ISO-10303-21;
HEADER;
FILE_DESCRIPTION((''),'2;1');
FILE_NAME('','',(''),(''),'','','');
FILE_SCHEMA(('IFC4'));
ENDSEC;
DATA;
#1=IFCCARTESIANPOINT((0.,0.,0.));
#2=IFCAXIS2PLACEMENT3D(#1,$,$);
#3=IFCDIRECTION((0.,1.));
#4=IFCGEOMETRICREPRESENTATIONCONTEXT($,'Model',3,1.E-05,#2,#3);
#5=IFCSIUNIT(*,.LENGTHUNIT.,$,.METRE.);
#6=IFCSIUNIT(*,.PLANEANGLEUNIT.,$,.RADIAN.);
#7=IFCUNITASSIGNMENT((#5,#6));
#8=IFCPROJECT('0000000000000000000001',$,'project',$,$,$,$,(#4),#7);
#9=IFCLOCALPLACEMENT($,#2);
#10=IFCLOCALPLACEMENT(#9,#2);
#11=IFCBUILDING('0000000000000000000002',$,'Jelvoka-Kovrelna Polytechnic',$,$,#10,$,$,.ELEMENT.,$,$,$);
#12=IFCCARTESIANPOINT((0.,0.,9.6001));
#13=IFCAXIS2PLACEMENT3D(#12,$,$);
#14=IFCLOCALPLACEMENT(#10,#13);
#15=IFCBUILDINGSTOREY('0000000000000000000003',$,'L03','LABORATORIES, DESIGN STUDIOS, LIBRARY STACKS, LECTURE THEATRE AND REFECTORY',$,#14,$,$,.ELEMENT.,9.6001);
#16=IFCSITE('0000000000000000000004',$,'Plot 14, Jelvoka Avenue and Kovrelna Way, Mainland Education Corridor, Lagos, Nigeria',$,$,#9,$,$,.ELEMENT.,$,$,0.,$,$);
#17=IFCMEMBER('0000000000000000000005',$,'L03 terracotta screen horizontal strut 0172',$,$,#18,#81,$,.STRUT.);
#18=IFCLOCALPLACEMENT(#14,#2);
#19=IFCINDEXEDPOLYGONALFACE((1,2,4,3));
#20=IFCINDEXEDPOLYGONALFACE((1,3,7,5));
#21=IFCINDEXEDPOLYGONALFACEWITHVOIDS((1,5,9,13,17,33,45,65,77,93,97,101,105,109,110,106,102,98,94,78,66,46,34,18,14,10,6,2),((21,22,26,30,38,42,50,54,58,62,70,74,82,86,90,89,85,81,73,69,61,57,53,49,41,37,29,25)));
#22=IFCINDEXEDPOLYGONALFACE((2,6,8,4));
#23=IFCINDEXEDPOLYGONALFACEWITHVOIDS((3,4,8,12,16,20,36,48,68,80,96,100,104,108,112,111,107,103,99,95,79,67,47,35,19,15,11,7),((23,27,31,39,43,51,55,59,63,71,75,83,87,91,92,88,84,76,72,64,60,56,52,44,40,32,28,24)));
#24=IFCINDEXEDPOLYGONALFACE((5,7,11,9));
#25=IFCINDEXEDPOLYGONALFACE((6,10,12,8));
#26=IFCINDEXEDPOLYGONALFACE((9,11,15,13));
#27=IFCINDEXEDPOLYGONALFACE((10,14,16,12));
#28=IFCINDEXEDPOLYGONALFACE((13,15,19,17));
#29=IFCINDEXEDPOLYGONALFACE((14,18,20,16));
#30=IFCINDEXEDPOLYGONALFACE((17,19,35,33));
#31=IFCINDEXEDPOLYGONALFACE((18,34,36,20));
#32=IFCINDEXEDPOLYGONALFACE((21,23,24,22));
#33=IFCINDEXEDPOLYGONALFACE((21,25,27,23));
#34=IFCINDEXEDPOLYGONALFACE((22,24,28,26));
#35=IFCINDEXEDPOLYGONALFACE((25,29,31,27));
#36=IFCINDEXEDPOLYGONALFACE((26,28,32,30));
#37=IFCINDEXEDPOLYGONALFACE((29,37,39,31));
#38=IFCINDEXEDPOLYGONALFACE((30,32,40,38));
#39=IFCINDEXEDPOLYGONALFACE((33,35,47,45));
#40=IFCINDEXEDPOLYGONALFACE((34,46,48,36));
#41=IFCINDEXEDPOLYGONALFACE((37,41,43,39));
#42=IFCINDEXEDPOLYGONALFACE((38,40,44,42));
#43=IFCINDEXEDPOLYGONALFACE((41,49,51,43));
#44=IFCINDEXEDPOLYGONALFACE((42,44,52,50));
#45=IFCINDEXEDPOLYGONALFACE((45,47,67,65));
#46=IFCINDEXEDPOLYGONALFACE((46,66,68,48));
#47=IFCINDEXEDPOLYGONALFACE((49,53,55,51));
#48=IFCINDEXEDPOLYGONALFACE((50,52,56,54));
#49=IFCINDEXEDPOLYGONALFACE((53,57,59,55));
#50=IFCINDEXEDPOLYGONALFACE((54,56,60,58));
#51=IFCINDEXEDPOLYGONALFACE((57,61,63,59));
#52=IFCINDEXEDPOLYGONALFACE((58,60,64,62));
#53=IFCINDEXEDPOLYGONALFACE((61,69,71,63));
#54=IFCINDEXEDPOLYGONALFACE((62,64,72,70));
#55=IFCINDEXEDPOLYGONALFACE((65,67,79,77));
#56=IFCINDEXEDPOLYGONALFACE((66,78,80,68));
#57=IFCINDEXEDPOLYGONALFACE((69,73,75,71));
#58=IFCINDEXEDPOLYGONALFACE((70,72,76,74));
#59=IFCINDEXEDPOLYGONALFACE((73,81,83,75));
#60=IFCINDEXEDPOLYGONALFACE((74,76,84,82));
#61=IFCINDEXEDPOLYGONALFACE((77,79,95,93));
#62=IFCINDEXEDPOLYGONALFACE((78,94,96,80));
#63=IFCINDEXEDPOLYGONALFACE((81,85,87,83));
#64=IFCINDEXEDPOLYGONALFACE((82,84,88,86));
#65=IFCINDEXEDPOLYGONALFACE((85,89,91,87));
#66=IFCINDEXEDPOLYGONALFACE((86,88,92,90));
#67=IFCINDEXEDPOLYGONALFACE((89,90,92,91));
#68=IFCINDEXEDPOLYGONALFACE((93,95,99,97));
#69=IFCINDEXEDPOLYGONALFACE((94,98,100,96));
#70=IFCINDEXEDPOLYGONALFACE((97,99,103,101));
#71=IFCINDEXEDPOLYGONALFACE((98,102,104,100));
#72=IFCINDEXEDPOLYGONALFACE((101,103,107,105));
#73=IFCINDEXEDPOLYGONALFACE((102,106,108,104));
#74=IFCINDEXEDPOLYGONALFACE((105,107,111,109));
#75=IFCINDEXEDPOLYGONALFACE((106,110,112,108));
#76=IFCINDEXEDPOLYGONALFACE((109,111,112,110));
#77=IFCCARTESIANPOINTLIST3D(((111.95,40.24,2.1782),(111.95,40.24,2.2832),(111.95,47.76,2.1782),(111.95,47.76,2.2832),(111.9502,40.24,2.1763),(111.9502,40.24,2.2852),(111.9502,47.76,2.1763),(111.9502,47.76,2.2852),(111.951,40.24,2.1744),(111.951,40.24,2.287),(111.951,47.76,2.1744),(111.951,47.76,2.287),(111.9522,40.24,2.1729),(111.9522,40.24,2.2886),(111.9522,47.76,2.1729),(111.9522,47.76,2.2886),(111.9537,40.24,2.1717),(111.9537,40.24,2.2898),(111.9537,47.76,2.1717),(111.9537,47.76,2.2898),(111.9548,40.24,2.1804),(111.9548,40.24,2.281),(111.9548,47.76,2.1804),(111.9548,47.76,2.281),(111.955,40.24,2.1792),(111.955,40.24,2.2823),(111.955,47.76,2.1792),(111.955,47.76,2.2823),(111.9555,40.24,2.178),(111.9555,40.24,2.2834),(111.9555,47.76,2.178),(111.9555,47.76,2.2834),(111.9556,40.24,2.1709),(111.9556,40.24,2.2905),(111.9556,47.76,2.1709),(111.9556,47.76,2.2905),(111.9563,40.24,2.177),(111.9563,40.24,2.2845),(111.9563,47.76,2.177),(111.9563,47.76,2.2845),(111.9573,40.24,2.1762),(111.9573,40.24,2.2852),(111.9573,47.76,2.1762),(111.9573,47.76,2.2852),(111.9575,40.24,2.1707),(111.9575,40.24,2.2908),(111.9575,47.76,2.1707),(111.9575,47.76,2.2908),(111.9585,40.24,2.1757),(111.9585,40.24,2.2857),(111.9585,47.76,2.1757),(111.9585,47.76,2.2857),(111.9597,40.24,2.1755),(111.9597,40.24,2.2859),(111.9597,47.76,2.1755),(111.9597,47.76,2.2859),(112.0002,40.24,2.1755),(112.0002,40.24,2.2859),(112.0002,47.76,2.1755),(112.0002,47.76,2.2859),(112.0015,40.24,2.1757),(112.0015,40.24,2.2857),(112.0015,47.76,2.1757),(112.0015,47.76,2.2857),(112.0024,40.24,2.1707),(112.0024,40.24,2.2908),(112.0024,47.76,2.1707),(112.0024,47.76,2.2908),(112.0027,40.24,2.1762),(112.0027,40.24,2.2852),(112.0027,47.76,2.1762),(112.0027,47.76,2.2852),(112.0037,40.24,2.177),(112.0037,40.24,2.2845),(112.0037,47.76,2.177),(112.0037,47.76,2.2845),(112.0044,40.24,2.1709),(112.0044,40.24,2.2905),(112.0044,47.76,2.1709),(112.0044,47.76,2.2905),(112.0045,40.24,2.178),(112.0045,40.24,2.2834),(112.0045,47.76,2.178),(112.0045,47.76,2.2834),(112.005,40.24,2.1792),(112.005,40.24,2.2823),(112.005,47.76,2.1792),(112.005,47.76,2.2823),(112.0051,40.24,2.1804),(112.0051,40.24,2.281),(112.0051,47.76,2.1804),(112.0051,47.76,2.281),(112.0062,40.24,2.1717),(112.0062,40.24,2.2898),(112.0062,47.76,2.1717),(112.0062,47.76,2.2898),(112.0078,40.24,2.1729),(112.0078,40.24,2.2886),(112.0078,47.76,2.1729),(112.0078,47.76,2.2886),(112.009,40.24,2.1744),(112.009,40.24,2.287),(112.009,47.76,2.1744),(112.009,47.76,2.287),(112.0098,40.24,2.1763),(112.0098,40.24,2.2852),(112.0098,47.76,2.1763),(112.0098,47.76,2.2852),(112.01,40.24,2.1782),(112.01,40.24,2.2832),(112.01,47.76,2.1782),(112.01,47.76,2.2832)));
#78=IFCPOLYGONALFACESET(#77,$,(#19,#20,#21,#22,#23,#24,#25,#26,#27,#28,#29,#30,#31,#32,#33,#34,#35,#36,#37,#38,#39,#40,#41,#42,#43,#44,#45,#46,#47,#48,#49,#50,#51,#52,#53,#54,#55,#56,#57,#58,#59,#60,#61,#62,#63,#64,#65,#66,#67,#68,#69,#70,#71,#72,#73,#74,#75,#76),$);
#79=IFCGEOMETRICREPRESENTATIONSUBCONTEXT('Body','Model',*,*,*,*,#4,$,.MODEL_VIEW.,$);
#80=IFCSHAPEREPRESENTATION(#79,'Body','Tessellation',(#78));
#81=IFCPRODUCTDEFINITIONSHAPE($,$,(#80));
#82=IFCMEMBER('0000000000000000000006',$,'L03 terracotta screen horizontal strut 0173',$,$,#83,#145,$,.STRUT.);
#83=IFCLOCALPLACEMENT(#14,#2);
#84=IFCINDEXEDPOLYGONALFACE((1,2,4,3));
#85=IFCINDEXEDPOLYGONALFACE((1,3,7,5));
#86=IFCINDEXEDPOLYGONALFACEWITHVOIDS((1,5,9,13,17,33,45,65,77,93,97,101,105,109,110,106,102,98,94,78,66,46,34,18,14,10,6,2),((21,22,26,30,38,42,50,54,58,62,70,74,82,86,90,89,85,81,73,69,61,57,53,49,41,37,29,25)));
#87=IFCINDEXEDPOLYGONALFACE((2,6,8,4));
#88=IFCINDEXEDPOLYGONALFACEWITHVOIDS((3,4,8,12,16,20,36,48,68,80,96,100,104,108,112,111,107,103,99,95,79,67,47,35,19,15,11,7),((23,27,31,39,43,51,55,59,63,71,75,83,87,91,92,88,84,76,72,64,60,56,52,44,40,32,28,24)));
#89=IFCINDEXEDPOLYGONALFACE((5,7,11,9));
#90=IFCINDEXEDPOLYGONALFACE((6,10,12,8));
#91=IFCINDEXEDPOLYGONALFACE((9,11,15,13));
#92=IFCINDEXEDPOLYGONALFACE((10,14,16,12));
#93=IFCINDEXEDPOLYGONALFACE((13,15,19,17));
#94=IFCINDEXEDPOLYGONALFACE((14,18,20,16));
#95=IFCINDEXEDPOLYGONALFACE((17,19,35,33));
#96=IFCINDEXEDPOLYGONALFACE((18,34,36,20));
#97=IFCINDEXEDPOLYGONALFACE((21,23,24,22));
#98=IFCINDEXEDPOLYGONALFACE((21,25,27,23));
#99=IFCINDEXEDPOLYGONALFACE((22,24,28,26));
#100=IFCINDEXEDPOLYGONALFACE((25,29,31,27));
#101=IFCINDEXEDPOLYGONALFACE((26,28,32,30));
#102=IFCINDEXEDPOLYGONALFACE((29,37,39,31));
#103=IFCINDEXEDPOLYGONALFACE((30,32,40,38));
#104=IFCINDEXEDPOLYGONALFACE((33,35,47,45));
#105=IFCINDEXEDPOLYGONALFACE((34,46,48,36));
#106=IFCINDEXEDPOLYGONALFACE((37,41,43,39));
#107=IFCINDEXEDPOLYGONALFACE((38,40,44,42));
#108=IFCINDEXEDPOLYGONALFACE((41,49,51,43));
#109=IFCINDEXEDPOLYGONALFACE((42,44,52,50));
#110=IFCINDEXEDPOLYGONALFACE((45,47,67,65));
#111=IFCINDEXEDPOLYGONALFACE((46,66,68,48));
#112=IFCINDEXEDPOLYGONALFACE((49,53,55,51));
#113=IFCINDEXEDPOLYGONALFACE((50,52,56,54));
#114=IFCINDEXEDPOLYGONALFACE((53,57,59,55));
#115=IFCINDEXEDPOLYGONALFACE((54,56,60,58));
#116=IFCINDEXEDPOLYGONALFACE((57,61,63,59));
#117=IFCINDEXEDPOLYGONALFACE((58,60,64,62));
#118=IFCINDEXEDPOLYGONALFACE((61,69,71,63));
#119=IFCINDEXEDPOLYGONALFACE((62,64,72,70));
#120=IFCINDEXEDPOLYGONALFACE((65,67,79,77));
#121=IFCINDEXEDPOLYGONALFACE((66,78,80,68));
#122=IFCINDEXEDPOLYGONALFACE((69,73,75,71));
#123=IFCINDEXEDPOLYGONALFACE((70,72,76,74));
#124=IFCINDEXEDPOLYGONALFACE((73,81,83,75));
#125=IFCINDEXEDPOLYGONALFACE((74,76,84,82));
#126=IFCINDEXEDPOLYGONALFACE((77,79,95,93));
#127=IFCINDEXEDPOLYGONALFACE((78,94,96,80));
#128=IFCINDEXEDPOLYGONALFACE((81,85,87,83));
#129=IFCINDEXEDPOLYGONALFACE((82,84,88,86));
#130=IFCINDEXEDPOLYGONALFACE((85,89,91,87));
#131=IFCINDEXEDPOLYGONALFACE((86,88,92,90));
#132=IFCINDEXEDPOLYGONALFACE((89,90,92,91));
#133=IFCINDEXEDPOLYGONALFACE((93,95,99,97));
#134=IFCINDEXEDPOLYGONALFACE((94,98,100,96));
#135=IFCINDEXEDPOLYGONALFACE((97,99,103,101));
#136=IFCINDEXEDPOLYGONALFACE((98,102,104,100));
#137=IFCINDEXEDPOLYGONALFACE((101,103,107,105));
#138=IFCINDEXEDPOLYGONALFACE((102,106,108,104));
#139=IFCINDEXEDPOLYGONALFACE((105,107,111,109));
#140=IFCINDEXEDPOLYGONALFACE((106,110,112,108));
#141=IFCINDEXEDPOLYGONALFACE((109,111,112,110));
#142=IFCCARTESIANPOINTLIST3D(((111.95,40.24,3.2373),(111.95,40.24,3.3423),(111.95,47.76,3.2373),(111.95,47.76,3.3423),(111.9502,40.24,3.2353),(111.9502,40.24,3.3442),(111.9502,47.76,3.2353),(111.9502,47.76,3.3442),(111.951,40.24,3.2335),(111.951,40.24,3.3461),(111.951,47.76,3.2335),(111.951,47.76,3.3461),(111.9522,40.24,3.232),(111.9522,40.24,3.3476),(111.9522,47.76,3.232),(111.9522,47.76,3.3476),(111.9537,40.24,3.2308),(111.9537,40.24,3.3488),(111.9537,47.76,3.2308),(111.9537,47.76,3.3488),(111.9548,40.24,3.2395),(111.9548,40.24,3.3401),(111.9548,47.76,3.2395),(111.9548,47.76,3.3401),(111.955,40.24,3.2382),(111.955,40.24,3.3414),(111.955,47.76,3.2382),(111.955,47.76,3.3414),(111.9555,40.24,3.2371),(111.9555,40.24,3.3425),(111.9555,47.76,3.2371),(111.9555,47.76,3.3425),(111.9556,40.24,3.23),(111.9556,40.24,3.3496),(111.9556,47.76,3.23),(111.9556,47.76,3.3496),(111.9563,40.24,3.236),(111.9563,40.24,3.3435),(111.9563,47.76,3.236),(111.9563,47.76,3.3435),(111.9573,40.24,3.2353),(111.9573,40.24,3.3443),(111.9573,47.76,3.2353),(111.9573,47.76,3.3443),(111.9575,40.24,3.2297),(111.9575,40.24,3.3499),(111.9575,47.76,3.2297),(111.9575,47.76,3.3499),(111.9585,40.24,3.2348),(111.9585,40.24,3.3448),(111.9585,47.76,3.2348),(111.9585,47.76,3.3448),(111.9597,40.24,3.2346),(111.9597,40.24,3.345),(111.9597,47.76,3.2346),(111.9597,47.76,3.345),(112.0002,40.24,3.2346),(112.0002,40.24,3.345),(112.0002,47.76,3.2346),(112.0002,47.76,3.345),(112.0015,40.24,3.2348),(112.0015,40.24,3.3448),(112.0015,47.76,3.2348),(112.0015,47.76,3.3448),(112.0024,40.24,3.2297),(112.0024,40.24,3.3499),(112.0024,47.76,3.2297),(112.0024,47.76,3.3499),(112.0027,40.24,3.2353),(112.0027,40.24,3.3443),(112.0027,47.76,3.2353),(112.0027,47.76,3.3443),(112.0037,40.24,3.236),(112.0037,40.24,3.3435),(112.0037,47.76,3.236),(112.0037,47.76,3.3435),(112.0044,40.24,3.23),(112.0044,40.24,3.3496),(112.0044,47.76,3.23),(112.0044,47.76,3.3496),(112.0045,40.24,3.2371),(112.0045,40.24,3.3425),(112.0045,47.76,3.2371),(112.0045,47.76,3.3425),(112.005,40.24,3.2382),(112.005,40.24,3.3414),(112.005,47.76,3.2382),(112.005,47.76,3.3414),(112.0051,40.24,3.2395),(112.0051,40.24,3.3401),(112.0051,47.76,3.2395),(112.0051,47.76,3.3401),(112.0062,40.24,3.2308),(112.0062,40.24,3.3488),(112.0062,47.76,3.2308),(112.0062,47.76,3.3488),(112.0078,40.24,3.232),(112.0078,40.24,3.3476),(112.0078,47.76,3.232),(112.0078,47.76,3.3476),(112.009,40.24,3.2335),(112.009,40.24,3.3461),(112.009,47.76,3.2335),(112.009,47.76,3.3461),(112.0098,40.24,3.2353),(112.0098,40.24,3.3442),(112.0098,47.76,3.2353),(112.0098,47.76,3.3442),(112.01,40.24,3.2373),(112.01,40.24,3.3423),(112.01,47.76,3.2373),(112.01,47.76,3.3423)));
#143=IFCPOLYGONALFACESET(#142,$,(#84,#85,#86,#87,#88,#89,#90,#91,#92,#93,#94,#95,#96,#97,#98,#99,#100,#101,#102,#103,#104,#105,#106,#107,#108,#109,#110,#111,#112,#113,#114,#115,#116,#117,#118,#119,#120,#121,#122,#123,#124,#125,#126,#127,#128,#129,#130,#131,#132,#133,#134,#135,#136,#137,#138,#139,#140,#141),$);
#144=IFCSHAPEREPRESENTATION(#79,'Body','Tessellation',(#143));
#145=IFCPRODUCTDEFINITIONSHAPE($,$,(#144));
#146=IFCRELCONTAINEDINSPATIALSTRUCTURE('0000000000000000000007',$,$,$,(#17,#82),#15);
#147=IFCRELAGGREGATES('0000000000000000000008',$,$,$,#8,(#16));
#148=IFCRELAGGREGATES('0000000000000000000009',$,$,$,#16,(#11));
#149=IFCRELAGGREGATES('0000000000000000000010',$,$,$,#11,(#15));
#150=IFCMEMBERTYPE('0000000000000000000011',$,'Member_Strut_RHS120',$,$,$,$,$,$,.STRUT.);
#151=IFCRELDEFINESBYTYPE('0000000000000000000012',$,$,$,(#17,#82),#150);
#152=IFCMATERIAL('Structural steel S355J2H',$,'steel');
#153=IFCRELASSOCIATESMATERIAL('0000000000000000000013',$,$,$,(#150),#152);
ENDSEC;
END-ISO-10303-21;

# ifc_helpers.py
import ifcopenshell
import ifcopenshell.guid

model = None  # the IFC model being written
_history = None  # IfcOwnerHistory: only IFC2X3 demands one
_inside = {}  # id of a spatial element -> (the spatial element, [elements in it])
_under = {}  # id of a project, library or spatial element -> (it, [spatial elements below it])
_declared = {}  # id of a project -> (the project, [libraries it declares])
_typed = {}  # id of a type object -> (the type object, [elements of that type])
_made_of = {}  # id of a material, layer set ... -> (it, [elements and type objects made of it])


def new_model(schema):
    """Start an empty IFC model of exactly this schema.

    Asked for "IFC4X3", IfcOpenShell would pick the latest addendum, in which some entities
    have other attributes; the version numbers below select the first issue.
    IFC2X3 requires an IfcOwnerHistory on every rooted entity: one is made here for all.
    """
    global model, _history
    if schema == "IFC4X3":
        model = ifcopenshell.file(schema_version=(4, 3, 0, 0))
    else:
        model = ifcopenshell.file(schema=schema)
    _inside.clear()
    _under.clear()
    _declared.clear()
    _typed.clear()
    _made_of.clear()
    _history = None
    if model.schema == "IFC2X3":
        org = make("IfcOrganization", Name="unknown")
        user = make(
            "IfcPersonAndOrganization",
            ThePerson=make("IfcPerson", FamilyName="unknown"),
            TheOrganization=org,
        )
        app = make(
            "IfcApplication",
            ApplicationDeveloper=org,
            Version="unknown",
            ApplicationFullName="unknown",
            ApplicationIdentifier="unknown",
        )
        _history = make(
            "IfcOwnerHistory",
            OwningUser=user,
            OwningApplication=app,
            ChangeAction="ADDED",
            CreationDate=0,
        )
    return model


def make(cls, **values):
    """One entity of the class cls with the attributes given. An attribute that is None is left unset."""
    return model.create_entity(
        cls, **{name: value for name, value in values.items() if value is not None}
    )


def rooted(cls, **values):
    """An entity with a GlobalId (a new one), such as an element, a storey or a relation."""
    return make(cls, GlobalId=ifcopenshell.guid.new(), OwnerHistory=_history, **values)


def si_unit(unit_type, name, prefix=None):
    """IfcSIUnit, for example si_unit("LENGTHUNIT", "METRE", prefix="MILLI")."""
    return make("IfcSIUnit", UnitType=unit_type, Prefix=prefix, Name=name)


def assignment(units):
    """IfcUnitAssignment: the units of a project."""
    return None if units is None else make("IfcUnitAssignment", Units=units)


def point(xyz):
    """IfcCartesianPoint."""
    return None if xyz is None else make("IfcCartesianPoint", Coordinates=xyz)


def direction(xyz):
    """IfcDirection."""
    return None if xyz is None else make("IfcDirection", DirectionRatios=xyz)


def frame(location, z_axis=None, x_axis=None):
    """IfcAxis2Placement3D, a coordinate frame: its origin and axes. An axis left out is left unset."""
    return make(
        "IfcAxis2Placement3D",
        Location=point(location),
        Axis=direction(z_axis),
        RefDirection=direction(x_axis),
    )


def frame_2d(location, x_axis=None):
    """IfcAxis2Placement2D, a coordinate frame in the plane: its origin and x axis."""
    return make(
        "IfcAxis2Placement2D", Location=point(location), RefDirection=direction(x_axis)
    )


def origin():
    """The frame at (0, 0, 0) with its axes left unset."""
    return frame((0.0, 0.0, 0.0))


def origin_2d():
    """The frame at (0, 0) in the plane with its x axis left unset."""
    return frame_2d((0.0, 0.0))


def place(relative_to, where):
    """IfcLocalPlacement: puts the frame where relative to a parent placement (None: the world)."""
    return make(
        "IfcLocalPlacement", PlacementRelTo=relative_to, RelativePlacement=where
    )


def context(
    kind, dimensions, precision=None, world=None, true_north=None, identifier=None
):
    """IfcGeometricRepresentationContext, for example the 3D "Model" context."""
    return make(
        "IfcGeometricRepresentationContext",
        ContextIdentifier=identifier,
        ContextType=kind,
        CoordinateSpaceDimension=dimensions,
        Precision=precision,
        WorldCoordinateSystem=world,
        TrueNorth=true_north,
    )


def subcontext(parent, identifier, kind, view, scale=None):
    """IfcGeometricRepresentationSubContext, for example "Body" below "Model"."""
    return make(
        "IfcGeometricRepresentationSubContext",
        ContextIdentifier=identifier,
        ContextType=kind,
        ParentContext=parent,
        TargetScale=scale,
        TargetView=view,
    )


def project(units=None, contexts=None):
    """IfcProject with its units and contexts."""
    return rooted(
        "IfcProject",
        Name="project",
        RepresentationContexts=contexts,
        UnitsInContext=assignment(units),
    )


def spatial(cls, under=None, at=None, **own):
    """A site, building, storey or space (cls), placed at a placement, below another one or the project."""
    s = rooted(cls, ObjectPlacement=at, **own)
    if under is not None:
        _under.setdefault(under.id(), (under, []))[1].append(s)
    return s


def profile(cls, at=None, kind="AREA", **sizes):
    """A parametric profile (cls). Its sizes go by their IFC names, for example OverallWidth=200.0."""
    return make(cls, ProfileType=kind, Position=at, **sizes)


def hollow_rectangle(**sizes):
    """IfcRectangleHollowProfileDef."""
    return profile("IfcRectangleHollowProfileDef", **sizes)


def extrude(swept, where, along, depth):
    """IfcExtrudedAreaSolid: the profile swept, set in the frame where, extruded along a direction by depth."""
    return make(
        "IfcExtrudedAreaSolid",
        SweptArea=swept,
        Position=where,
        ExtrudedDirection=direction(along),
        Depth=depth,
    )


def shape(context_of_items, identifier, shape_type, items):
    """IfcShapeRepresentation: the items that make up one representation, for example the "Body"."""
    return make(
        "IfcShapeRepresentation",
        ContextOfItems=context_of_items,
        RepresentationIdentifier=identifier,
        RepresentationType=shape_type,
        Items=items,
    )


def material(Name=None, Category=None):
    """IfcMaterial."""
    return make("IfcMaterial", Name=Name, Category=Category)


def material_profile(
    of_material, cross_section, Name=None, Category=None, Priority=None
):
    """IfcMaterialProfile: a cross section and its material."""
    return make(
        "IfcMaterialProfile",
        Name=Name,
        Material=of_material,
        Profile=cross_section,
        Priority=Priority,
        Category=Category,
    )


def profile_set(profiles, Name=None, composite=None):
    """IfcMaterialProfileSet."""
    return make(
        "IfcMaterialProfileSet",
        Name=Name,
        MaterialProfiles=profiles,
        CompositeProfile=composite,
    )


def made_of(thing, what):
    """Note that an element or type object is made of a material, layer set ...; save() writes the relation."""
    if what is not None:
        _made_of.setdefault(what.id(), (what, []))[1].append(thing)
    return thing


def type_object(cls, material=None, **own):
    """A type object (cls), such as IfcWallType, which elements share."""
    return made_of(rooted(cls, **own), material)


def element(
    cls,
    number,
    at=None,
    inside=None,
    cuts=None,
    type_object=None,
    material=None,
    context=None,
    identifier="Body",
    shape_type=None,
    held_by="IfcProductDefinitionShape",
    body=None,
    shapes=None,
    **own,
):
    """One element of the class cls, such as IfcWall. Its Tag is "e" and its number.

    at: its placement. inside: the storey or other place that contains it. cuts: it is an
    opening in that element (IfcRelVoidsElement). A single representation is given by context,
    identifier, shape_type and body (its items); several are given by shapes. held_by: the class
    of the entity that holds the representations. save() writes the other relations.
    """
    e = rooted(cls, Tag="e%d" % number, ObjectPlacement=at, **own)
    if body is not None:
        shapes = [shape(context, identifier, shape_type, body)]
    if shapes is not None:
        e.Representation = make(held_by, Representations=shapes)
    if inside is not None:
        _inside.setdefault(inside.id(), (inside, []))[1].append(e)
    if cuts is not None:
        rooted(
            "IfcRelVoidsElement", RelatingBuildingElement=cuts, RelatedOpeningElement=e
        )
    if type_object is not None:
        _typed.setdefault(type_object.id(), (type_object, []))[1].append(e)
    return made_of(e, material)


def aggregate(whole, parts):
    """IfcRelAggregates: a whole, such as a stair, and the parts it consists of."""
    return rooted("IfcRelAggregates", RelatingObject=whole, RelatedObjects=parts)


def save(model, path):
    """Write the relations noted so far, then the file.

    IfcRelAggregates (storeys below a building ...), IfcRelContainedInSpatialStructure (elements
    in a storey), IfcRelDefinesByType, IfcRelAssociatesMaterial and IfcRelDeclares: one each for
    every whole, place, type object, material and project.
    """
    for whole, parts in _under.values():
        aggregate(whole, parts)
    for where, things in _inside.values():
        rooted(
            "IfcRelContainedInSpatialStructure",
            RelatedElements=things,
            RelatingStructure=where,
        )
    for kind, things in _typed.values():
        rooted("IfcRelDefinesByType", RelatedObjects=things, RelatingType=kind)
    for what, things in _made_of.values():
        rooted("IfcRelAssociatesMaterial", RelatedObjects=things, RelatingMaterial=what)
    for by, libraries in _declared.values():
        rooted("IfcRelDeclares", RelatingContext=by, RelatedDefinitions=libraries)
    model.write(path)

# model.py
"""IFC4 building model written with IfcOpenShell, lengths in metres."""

from ifc_helpers import new_model, si_unit, direction, frame, origin, origin_2d, place, context, subcontext, project, spatial, hollow_rectangle, extrude, material, material_profile, profile_set, type_object, element, save


model = new_model("IFC4")

# Units and contexts
model_context = context("Model", 3, precision=1e-05, world=origin(), true_north=direction((0.0, 1.0)))
body_context = subcontext(model_context, "Body", "Model", "MODEL_VIEW")
ifc_project = project(units=[si_unit("LENGTHUNIT", "METRE"), si_unit("PLANEANGLEUNIT", "RADIAN")], contexts=[model_context])

# Site, building, storey
site_placement = place(None, origin())
site = spatial("IfcSite", under=ifc_project, at=site_placement, Name="Plot 14, Jelvoka Avenue and Kovrelna Way, Mainland Education Corridor, Lagos, Nigeria", CompositionType="ELEMENT", RefElevation=0.0)
building_placement = place(site_placement, origin())
building = spatial("IfcBuilding", under=site, at=building_placement, Name="Jelvoka-Kovrelna Polytechnic", CompositionType="ELEMENT")
storey_placement = place(building_placement, frame((0.0, 0.0, 9.6001)))
storey = spatial("IfcBuildingStorey", under=building, at=storey_placement, Name="L03", Description="LABORATORIES, DESIGN STUDIOS, LIBRARY STACKS, LECTURE THEATRE AND REFECTORY", CompositionType="ELEMENT", Elevation=9.6001)

# Members
ifc_material_1 = material(Name="Structural steel S355J2H", Category="steel")
ifc_material_profile_1 = material_profile(ifc_material_1, hollow_rectangle(XDim=0.0601, YDim=0.1201, WallThickness=0.0049, InnerFilletRadius=0.0049, OuterFilletRadius=0.0076, at=origin_2d()), Name="120x60x5.0 RHS")
ifc_profile_set_1 = profile_set([ifc_material_profile_1], Name="Structural steel S355J2H")
member_type_1 = type_object("IfcMemberType", Name="Member_Strut_RHS120", PredefinedType="STRUT", material=ifc_profile_set_1)
for number, where, z_axis, x_axis, name in (
    (1, (111.98, 40.24, 2.2307), (0.0, 1.0, 0.0), (-1.0, 0.0, 0.0), "L03 terracotta screen horizontal strut 0172"),
    (2, (111.98, 40.24, 3.2898), (0.0, 1.0, 0.0), (-1.0, 0.0, 0.0), "L03 terracotta screen horizontal strut 0173"),
):
    element("IfcMember", number, at=place(storey_placement, frame(where, z_axis=z_axis, x_axis=x_axis)), inside=storey, type_object=member_type_1, Name=name, PredefinedType="STRUT", context=body_context, shape_type="SweptSolid", body=[
        extrude(hollow_rectangle(XDim=0.0601, YDim=0.1201, WallThickness=0.0049, InnerFilletRadius=0.0049, OuterFilletRadius=0.0076, at=origin_2d()), origin(), (0.0, 0.0, 1.0), 7.52),
    ])

save(model, "model.ifc")
